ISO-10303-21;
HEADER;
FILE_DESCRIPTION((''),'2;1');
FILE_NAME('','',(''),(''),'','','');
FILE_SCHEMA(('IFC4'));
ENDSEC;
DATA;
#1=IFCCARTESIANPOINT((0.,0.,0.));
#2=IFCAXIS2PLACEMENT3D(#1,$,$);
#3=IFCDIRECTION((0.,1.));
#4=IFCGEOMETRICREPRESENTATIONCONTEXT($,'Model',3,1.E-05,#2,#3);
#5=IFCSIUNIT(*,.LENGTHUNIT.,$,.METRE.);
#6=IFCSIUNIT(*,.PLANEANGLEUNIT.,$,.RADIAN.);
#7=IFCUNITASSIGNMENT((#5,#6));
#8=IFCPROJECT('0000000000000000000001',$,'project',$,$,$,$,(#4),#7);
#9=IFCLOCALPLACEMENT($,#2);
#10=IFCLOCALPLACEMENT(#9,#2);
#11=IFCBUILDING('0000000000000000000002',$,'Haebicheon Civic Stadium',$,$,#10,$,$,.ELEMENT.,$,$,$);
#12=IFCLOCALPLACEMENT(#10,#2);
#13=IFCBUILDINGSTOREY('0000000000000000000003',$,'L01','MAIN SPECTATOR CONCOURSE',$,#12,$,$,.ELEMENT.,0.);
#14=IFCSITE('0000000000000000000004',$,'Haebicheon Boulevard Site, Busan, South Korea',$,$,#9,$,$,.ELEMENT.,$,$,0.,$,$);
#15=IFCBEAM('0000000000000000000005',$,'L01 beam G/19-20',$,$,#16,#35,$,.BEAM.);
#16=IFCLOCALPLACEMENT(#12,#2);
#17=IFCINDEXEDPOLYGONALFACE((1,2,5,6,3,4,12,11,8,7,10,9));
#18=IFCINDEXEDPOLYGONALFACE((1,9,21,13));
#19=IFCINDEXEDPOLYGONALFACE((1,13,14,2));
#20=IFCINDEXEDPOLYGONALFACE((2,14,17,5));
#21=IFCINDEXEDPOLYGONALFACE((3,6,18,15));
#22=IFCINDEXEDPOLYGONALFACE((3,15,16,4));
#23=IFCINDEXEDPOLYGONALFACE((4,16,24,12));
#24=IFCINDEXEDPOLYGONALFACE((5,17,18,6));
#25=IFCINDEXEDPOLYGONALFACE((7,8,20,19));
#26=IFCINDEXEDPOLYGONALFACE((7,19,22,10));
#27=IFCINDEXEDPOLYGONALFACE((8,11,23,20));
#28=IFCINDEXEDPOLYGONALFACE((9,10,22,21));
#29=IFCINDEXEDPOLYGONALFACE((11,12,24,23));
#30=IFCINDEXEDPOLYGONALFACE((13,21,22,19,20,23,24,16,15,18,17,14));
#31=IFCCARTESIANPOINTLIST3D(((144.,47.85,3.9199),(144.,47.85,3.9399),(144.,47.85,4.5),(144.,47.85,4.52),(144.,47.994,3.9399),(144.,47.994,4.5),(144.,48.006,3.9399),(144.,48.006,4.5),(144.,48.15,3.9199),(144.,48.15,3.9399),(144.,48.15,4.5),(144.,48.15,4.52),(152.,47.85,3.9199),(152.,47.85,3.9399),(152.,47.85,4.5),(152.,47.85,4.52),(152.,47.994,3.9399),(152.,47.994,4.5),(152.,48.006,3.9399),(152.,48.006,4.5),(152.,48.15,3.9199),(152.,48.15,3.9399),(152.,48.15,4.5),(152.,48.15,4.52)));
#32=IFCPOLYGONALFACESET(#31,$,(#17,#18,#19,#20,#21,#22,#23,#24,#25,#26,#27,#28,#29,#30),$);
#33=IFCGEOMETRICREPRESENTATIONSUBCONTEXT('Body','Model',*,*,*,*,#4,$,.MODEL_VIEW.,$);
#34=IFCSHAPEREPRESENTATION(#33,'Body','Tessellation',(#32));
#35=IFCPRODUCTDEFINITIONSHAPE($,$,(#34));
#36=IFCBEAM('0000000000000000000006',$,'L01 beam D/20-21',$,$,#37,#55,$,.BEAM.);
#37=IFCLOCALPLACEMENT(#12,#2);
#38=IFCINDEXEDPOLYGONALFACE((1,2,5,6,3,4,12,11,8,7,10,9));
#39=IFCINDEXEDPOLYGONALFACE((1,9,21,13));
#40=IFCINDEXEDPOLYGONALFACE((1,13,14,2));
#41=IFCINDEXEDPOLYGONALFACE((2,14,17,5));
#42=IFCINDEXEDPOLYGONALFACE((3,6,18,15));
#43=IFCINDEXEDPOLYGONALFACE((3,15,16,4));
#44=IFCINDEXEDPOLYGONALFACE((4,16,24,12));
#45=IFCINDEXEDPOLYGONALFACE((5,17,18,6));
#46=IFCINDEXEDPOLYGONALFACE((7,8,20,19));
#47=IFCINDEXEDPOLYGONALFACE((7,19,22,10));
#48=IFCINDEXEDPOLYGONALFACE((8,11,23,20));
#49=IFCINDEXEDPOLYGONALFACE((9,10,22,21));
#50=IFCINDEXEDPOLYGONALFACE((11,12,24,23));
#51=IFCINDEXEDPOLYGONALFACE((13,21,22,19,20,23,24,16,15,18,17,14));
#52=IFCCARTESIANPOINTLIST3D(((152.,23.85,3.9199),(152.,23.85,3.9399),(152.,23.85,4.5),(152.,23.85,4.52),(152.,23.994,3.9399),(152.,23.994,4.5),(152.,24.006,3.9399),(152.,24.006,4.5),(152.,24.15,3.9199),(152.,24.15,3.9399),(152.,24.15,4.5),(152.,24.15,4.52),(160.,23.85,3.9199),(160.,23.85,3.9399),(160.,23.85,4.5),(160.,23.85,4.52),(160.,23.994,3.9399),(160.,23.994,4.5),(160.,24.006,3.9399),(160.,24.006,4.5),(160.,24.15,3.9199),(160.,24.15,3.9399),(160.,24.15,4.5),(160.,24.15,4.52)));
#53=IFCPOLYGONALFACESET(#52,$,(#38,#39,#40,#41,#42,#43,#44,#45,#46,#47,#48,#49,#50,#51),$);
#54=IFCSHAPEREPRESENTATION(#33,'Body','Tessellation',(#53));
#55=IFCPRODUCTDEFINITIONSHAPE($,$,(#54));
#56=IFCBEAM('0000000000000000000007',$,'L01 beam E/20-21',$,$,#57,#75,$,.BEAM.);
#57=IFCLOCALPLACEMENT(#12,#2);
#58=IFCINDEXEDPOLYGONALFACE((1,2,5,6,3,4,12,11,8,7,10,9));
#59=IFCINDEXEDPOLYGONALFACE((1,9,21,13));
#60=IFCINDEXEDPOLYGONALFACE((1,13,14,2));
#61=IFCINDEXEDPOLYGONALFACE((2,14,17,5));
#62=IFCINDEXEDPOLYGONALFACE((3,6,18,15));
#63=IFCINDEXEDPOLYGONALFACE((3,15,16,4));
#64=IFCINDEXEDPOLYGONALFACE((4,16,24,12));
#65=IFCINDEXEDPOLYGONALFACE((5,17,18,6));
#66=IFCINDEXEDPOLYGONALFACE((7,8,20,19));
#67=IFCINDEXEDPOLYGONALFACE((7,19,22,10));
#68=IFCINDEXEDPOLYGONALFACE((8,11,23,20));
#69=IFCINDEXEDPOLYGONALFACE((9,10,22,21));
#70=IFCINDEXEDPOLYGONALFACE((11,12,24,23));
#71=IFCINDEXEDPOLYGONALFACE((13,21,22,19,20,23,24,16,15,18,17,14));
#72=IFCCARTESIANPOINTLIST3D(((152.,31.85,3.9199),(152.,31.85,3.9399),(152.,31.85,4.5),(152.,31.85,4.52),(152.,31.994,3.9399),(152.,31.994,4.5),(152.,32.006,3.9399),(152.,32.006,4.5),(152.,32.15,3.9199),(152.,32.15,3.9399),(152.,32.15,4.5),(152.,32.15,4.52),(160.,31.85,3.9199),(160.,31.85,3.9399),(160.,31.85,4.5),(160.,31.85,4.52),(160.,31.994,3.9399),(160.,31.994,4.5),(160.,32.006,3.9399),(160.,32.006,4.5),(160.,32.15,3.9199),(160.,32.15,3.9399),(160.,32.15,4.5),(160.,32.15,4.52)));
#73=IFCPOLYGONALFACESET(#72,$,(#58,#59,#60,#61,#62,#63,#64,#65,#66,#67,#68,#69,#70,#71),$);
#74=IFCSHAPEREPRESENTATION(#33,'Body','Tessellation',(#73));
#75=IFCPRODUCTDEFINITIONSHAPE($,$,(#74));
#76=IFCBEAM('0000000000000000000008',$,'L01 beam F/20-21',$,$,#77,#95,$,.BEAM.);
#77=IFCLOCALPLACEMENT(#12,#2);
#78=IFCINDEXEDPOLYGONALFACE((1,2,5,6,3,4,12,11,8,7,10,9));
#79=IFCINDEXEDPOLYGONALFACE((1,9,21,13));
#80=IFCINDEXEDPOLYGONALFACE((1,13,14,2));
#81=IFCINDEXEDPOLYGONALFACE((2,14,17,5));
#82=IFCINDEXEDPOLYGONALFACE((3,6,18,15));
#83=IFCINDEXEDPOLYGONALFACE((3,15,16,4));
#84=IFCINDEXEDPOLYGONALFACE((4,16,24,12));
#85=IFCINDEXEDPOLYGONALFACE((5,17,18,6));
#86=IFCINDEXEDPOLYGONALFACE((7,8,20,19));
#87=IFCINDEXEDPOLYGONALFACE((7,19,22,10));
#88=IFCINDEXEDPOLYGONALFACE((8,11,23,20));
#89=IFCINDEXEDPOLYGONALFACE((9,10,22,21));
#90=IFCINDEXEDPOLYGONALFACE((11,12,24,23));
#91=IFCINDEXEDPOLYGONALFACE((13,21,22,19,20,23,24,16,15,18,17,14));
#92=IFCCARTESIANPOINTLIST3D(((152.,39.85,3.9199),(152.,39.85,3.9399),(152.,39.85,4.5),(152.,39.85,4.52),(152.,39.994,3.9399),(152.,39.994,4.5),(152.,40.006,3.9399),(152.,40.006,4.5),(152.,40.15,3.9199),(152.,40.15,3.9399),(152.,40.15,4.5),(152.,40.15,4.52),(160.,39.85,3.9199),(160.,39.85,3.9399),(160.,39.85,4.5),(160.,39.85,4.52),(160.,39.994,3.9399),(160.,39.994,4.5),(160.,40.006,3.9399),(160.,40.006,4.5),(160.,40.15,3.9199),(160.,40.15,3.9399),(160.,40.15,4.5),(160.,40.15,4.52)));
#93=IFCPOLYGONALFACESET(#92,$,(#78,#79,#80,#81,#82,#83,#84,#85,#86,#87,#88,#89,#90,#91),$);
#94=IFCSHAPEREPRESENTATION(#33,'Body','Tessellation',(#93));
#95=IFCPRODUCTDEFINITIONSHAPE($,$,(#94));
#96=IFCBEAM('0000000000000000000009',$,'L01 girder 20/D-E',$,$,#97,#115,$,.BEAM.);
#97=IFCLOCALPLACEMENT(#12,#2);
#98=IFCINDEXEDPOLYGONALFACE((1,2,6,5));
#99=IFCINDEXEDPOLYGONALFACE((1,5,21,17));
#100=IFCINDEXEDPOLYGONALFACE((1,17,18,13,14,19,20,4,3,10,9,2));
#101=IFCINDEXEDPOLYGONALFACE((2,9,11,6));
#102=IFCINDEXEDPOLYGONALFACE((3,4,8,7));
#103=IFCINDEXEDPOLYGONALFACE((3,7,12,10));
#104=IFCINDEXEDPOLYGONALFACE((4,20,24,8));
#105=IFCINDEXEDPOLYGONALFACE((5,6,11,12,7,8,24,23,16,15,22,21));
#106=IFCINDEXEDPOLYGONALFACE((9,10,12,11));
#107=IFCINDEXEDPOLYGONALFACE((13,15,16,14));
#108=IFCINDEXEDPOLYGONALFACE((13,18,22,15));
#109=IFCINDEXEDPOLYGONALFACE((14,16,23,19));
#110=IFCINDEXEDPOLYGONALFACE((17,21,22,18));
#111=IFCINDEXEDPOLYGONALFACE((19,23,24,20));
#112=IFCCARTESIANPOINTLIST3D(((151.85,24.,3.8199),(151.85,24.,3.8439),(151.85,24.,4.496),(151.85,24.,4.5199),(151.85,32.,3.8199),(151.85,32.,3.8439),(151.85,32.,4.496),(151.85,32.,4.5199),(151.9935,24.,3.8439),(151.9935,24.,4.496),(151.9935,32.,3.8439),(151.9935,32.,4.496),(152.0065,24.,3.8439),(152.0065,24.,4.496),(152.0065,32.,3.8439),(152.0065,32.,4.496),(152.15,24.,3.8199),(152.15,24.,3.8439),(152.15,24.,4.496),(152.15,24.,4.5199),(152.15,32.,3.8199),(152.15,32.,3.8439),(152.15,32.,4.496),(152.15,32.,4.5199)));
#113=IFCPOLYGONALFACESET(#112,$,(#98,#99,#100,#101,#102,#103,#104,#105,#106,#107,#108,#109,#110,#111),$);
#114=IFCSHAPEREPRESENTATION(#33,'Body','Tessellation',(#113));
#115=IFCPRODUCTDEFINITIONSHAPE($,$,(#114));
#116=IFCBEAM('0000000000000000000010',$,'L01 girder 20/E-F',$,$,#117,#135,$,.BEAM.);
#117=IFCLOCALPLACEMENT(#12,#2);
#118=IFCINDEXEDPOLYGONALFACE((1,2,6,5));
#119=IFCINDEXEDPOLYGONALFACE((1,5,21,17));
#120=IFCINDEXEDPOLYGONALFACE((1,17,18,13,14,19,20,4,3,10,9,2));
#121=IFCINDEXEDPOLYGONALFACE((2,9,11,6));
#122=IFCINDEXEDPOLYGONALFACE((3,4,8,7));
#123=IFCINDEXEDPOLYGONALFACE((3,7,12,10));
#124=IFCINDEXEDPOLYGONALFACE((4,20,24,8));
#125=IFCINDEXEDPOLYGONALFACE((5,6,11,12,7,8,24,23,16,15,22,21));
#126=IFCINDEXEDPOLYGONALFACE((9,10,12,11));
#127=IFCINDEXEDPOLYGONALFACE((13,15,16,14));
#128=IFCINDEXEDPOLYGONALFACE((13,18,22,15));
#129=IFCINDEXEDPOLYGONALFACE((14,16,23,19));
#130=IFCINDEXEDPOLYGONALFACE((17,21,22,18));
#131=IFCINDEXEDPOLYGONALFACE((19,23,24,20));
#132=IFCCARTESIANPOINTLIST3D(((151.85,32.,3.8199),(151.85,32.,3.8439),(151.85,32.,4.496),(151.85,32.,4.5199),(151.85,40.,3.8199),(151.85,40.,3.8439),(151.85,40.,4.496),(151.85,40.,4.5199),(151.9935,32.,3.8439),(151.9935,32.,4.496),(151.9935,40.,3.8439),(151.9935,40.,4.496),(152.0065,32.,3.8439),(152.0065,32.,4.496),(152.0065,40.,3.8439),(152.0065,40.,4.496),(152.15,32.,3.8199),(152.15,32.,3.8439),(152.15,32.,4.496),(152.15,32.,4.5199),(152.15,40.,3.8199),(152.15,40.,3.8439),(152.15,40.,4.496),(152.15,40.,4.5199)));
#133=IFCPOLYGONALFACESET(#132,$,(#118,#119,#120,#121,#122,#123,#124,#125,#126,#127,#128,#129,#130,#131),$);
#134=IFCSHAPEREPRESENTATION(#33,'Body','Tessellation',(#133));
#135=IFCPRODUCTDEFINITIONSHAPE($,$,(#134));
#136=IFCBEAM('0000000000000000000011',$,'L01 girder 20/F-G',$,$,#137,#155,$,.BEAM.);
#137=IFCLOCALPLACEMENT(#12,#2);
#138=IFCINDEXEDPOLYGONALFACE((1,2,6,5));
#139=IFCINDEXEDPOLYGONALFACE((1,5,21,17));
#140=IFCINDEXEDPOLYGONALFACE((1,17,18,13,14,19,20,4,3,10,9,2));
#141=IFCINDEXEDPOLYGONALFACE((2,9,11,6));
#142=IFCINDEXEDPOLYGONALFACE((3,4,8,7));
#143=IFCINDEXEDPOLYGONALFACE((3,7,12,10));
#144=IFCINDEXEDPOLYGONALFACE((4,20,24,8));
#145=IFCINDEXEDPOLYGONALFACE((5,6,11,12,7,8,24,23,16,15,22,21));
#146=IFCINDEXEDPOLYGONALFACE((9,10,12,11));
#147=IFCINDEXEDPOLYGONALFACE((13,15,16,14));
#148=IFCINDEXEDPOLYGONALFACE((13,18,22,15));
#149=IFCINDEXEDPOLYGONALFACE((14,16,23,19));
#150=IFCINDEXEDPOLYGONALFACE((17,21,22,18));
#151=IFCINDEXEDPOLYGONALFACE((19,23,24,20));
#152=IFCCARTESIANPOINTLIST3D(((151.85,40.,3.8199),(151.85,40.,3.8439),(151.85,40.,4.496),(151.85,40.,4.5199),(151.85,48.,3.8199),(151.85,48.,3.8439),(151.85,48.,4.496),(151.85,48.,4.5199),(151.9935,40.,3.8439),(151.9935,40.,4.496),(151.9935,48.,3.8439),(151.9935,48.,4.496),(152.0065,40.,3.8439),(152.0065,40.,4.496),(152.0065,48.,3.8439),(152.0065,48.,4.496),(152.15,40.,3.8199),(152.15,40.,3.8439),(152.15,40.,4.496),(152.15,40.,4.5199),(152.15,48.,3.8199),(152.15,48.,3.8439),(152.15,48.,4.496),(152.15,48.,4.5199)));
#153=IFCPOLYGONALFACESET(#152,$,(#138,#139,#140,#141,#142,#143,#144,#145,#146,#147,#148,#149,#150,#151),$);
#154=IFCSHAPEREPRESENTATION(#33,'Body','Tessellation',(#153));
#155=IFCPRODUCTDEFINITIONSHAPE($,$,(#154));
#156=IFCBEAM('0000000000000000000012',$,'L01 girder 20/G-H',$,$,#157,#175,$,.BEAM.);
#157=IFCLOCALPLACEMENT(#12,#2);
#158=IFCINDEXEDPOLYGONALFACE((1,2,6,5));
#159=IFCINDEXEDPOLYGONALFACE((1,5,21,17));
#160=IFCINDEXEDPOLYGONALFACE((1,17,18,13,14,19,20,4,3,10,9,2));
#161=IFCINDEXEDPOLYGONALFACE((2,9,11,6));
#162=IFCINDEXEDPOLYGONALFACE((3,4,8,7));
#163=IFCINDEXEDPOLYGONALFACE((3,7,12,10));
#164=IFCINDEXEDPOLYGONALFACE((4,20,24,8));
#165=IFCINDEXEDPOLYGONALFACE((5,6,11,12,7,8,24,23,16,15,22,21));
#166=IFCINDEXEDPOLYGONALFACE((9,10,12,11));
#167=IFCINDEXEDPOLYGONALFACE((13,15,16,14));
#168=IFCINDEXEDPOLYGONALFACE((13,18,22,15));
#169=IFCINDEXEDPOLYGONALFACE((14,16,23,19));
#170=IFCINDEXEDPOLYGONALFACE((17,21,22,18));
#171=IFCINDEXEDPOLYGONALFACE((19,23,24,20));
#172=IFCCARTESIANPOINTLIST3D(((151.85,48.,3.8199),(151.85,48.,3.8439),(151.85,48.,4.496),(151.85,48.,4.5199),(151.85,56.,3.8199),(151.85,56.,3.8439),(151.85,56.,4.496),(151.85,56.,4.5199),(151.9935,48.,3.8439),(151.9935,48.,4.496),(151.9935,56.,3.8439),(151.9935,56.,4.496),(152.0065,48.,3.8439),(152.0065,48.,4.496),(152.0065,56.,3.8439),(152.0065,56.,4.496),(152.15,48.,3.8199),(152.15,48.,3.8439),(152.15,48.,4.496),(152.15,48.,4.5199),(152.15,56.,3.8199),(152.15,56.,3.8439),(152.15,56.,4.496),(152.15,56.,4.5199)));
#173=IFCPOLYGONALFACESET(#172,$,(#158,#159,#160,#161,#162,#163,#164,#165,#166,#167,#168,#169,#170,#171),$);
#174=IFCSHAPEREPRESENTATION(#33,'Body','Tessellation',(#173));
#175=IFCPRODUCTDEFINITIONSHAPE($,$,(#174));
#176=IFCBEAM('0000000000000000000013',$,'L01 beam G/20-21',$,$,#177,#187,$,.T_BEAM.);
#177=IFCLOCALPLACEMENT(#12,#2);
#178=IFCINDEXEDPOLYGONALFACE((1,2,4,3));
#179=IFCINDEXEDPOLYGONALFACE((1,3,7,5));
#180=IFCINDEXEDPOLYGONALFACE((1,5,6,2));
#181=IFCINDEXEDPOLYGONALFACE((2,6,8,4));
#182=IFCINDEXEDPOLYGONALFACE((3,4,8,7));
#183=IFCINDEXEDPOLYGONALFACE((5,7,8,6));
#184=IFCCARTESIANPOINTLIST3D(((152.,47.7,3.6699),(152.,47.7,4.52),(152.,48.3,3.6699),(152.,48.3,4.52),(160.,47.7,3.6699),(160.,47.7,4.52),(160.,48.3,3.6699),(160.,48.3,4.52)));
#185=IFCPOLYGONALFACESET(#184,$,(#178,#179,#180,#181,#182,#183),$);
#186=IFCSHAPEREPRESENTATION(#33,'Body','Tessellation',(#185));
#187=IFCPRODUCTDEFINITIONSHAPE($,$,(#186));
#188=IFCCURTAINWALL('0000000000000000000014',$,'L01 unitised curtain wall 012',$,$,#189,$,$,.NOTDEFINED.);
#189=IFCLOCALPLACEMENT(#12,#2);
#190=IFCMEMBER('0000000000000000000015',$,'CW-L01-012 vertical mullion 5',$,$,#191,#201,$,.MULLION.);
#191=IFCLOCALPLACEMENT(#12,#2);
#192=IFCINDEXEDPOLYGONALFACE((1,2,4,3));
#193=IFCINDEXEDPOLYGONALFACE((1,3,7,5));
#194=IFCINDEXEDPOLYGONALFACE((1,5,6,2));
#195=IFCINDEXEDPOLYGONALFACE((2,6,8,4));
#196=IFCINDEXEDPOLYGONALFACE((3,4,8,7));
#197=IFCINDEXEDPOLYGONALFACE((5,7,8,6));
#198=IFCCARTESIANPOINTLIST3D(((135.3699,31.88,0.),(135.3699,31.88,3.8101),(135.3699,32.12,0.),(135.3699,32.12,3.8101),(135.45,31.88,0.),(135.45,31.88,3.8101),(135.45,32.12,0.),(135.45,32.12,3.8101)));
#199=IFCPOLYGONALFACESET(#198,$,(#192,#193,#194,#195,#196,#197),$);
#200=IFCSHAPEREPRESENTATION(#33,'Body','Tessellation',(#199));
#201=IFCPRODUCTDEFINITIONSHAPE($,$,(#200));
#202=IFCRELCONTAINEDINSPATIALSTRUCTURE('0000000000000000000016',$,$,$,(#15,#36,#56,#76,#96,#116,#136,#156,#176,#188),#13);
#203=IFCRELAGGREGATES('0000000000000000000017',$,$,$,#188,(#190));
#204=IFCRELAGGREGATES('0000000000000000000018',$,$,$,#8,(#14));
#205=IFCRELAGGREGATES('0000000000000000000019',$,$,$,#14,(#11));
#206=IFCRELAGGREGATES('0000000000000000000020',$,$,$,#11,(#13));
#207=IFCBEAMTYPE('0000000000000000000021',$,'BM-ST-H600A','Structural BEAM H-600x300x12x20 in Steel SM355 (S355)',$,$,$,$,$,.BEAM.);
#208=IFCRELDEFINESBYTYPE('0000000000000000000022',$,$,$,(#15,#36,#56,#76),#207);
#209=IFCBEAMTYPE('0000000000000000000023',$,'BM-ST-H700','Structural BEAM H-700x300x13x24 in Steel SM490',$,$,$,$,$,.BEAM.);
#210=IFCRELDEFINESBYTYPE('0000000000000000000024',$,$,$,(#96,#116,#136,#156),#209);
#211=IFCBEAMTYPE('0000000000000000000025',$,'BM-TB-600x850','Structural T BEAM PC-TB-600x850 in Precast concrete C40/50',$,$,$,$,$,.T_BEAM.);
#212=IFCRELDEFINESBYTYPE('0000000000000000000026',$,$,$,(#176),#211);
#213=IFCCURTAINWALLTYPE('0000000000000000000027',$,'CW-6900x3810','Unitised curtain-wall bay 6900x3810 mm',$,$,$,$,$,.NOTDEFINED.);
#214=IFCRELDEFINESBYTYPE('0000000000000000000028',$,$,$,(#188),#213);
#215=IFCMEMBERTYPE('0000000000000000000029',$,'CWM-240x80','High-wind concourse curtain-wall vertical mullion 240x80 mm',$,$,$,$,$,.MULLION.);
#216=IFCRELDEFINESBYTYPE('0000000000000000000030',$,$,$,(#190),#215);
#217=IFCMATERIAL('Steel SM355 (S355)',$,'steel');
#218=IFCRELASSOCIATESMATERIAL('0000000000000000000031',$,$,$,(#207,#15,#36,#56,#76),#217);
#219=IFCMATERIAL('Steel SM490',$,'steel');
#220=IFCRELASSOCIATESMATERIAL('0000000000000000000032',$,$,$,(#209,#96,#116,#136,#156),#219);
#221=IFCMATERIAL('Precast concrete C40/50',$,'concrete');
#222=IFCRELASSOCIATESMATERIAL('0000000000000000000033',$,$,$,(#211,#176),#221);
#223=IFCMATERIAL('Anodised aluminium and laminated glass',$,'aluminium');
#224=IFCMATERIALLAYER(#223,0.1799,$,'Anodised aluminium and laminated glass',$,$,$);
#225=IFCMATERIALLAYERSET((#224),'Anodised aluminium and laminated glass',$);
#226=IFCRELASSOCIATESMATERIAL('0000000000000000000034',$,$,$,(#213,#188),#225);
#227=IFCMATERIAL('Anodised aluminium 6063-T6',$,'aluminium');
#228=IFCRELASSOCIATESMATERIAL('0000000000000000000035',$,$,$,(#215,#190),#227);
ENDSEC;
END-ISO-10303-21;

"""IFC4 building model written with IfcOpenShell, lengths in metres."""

from ifc_helpers import new_model, si_unit, direction, frame, origin, origin_2d, place, context, subcontext, project, spatial, rectangle, i_section, extrude, material, layer, layer_set, material_profile, profile_set, type_object, element, aggregate, save


model = new_model("IFC4")

# Units and contexts
model_context = context("Model", 3, precision=1e-05, world=origin(), true_north=direction((0.0, 1.0)))
body_context = subcontext(model_context, "Body", "Model", "MODEL_VIEW")
ifc_project = project(units=[si_unit("LENGTHUNIT", "METRE"), si_unit("PLANEANGLEUNIT", "RADIAN")], contexts=[model_context])

# Site, building, storey
site_placement = place(None, origin())
site = spatial("IfcSite", under=ifc_project, at=site_placement, Name="Haebicheon Boulevard Site, Busan, South Korea", CompositionType="ELEMENT", RefElevation=0.0)
building_placement = place(site_placement, origin())
building = spatial("IfcBuilding", under=site, at=building_placement, Name="Haebicheon Civic Stadium", CompositionType="ELEMENT")
storey_placement = place(building_placement, origin())
storey = spatial("IfcBuildingStorey", under=building, at=storey_placement, Name="L01", Description="MAIN SPECTATOR CONCOURSE", CompositionType="ELEMENT", Elevation=0.0)

# Beams
ifc_material_1 = material(Name="Steel SM355 (S355)", Category="steel")
ifc_material_profile_1 = material_profile(ifc_material_1, i_section(OverallWidth=0.3, OverallDepth=0.6001, WebThickness=0.012, FlangeThickness=0.02, at=origin_2d()), Name="H-600x300x12x20")
ifc_profile_set_1 = profile_set([ifc_material_profile_1], Name="Steel SM355 (S355)")
beam_type_1 = type_object("IfcBeamType", Name="BM-ST-H600A", Description="Structural BEAM H-600x300x12x20 in Steel SM355 (S355)", PredefinedType="BEAM", material=ifc_profile_set_1)
for number, where, z_axis, x_axis, name in (
    (1, (144.0, 48.0, 4.22), (1.0, 0.0, 0.0), (0.0, 1.0, 0.0), "L01 beam G/19-20"),
    (2, (152.0, 24.0, 4.22), (1.0, 0.0, 0.0), (0.0, 1.0, 0.0), "L01 beam D/20-21"),
    (3, (152.0, 32.0, 4.22), (1.0, 0.0, 0.0), (0.0, 1.0, 0.0), "L01 beam E/20-21"),
    (4, (152.0, 40.0, 4.22), (1.0, 0.0, 0.0), (0.0, 1.0, 0.0), "L01 beam F/20-21"),
):
    element("IfcBeam", number, at=place(storey_placement, frame(where, z_axis=z_axis, x_axis=x_axis)), inside=storey, type_object=beam_type_1, material=ifc_profile_set_1, Name=name, PredefinedType="BEAM", context=body_context, shape_type="SweptSolid", body=[
        extrude(i_section(OverallWidth=0.3, OverallDepth=0.6001, WebThickness=0.012, FlangeThickness=0.02, at=origin_2d()), origin(), (0.0, 0.0, 1.0), 8.0),
    ])
ifc_material_2 = material(Name="Steel SM490", Category="steel")
ifc_material_profile_2 = material_profile(ifc_material_2, i_section(OverallWidth=0.3, OverallDepth=0.7, WebThickness=0.0129, FlangeThickness=0.0239, at=origin_2d()), Name="H-700x300x13x24")
ifc_profile_set_2 = profile_set([ifc_material_profile_2], Name="Steel SM490")
beam_type_2 = type_object("IfcBeamType", Name="BM-ST-H700", Description="Structural BEAM H-700x300x13x24 in Steel SM490", PredefinedType="BEAM", material=ifc_profile_set_2)
for number, where, z_axis, x_axis, name in (
    (5, (152.0, 24.0, 4.1699), (0.0, 1.0, 0.0), (-1.0, 0.0, 0.0), "L01 girder 20/D-E"),
    (6, (152.0, 32.0, 4.1699), (0.0, 1.0, 0.0), (-1.0, 0.0, 0.0), "L01 girder 20/E-F"),
    (7, (152.0, 40.0, 4.1699), (0.0, 1.0, 0.0), (-1.0, 0.0, 0.0), "L01 girder 20/F-G"),
    (8, (152.0, 48.0, 4.1699), (0.0, 1.0, 0.0), (-1.0, 0.0, 0.0), "L01 girder 20/G-H"),
):
    element("IfcBeam", number, at=place(storey_placement, frame(where, z_axis=z_axis, x_axis=x_axis)), inside=storey, type_object=beam_type_2, material=ifc_profile_set_2, Name=name, PredefinedType="BEAM", context=body_context, shape_type="SweptSolid", body=[
        extrude(i_section(OverallWidth=0.3, OverallDepth=0.7, WebThickness=0.0129, FlangeThickness=0.0239, at=origin_2d()), origin(), (0.0, 0.0, 1.0), 8.0),
    ])
ifc_material_3 = material(Name="Precast concrete C40/50", Category="concrete")
ifc_material_profile_3 = material_profile(ifc_material_3, rectangle(XDim=0.6001, YDim=0.8501, at=origin_2d()), Name="PC-TB-600x850")
ifc_profile_set_3 = profile_set([ifc_material_profile_3], Name="Precast concrete C40/50")
beam_type_3 = type_object("IfcBeamType", Name="BM-TB-600x850", Description="Structural T BEAM PC-TB-600x850 in Precast concrete C40/50", PredefinedType="T_BEAM", material=ifc_profile_set_3)
beam_1_placement = place(storey_placement, frame((152.0, 48.0, 4.095), z_axis=(1.0, 0.0, 0.0), x_axis=(0.0, 1.0, 0.0)))
element("IfcBeam", 9, at=beam_1_placement, inside=storey, type_object=beam_type_3, material=ifc_profile_set_3, Name="L01 beam G/20-21", PredefinedType="T_BEAM", context=body_context, shape_type="SweptSolid", body=[
    extrude(rectangle(XDim=0.6001, YDim=0.8501, at=origin_2d()), origin(), (0.0, 0.0, 1.0), 8.0),
])

# Curtain wall, member
ifc_material_4 = material(Name="Anodised aluminium and laminated glass", Category="aluminium")
ifc_layer_1 = layer(ifc_material_4, 0.1799, Name="Anodised aluminium and laminated glass")
ifc_layer_set_1 = layer_set([ifc_layer_1], Name="Anodised aluminium and laminated glass")
curtain_wall_type = type_object("IfcCurtainWallType", Name="CW-6900x3810", Description="Unitised curtain-wall bay 6900x3810 mm", PredefinedType="NOTDEFINED", material=ifc_layer_set_1)
curtain_wall_placement = place(storey_placement, origin())
curtain_wall = element("IfcCurtainWall", 10, at=curtain_wall_placement, inside=storey, type_object=curtain_wall_type, material=ifc_layer_set_1, Name="L01 unitised curtain wall 012", PredefinedType="NOTDEFINED")
ifc_material_5 = material(Name="Anodised aluminium 6063-T6", Category="aluminium")
ifc_material_profile_4 = material_profile(ifc_material_5, rectangle(XDim=0.0801, YDim=0.24, at=origin_2d()), Name="ALU-MULL-80x240")
ifc_profile_set_4 = profile_set([ifc_material_profile_4], Name="Anodised aluminium 6063-T6")
member_type = type_object("IfcMemberType", Name="CWM-240x80", Description="High-wind concourse curtain-wall vertical mullion 240x80 mm", PredefinedType="MULLION", material=ifc_profile_set_4)
member_placement = place(storey_placement, frame((135.4099, 32.0, 0.0), z_axis=(0.0, 0.0, 1.0), x_axis=(1.0, 0.0, 0.0)))
member = element("IfcMember", 11, at=member_placement, type_object=member_type, material=ifc_profile_set_4, Name="CW-L01-012 vertical mullion 5", PredefinedType="MULLION", context=body_context, shape_type="SweptSolid", body=[
    extrude(rectangle(XDim=0.0801, YDim=0.24, at=origin_2d()), origin(), (0.0, 0.0, 1.0), 3.8101),
])
aggregate(curtain_wall, [member])

save(model, "model.ifc")
